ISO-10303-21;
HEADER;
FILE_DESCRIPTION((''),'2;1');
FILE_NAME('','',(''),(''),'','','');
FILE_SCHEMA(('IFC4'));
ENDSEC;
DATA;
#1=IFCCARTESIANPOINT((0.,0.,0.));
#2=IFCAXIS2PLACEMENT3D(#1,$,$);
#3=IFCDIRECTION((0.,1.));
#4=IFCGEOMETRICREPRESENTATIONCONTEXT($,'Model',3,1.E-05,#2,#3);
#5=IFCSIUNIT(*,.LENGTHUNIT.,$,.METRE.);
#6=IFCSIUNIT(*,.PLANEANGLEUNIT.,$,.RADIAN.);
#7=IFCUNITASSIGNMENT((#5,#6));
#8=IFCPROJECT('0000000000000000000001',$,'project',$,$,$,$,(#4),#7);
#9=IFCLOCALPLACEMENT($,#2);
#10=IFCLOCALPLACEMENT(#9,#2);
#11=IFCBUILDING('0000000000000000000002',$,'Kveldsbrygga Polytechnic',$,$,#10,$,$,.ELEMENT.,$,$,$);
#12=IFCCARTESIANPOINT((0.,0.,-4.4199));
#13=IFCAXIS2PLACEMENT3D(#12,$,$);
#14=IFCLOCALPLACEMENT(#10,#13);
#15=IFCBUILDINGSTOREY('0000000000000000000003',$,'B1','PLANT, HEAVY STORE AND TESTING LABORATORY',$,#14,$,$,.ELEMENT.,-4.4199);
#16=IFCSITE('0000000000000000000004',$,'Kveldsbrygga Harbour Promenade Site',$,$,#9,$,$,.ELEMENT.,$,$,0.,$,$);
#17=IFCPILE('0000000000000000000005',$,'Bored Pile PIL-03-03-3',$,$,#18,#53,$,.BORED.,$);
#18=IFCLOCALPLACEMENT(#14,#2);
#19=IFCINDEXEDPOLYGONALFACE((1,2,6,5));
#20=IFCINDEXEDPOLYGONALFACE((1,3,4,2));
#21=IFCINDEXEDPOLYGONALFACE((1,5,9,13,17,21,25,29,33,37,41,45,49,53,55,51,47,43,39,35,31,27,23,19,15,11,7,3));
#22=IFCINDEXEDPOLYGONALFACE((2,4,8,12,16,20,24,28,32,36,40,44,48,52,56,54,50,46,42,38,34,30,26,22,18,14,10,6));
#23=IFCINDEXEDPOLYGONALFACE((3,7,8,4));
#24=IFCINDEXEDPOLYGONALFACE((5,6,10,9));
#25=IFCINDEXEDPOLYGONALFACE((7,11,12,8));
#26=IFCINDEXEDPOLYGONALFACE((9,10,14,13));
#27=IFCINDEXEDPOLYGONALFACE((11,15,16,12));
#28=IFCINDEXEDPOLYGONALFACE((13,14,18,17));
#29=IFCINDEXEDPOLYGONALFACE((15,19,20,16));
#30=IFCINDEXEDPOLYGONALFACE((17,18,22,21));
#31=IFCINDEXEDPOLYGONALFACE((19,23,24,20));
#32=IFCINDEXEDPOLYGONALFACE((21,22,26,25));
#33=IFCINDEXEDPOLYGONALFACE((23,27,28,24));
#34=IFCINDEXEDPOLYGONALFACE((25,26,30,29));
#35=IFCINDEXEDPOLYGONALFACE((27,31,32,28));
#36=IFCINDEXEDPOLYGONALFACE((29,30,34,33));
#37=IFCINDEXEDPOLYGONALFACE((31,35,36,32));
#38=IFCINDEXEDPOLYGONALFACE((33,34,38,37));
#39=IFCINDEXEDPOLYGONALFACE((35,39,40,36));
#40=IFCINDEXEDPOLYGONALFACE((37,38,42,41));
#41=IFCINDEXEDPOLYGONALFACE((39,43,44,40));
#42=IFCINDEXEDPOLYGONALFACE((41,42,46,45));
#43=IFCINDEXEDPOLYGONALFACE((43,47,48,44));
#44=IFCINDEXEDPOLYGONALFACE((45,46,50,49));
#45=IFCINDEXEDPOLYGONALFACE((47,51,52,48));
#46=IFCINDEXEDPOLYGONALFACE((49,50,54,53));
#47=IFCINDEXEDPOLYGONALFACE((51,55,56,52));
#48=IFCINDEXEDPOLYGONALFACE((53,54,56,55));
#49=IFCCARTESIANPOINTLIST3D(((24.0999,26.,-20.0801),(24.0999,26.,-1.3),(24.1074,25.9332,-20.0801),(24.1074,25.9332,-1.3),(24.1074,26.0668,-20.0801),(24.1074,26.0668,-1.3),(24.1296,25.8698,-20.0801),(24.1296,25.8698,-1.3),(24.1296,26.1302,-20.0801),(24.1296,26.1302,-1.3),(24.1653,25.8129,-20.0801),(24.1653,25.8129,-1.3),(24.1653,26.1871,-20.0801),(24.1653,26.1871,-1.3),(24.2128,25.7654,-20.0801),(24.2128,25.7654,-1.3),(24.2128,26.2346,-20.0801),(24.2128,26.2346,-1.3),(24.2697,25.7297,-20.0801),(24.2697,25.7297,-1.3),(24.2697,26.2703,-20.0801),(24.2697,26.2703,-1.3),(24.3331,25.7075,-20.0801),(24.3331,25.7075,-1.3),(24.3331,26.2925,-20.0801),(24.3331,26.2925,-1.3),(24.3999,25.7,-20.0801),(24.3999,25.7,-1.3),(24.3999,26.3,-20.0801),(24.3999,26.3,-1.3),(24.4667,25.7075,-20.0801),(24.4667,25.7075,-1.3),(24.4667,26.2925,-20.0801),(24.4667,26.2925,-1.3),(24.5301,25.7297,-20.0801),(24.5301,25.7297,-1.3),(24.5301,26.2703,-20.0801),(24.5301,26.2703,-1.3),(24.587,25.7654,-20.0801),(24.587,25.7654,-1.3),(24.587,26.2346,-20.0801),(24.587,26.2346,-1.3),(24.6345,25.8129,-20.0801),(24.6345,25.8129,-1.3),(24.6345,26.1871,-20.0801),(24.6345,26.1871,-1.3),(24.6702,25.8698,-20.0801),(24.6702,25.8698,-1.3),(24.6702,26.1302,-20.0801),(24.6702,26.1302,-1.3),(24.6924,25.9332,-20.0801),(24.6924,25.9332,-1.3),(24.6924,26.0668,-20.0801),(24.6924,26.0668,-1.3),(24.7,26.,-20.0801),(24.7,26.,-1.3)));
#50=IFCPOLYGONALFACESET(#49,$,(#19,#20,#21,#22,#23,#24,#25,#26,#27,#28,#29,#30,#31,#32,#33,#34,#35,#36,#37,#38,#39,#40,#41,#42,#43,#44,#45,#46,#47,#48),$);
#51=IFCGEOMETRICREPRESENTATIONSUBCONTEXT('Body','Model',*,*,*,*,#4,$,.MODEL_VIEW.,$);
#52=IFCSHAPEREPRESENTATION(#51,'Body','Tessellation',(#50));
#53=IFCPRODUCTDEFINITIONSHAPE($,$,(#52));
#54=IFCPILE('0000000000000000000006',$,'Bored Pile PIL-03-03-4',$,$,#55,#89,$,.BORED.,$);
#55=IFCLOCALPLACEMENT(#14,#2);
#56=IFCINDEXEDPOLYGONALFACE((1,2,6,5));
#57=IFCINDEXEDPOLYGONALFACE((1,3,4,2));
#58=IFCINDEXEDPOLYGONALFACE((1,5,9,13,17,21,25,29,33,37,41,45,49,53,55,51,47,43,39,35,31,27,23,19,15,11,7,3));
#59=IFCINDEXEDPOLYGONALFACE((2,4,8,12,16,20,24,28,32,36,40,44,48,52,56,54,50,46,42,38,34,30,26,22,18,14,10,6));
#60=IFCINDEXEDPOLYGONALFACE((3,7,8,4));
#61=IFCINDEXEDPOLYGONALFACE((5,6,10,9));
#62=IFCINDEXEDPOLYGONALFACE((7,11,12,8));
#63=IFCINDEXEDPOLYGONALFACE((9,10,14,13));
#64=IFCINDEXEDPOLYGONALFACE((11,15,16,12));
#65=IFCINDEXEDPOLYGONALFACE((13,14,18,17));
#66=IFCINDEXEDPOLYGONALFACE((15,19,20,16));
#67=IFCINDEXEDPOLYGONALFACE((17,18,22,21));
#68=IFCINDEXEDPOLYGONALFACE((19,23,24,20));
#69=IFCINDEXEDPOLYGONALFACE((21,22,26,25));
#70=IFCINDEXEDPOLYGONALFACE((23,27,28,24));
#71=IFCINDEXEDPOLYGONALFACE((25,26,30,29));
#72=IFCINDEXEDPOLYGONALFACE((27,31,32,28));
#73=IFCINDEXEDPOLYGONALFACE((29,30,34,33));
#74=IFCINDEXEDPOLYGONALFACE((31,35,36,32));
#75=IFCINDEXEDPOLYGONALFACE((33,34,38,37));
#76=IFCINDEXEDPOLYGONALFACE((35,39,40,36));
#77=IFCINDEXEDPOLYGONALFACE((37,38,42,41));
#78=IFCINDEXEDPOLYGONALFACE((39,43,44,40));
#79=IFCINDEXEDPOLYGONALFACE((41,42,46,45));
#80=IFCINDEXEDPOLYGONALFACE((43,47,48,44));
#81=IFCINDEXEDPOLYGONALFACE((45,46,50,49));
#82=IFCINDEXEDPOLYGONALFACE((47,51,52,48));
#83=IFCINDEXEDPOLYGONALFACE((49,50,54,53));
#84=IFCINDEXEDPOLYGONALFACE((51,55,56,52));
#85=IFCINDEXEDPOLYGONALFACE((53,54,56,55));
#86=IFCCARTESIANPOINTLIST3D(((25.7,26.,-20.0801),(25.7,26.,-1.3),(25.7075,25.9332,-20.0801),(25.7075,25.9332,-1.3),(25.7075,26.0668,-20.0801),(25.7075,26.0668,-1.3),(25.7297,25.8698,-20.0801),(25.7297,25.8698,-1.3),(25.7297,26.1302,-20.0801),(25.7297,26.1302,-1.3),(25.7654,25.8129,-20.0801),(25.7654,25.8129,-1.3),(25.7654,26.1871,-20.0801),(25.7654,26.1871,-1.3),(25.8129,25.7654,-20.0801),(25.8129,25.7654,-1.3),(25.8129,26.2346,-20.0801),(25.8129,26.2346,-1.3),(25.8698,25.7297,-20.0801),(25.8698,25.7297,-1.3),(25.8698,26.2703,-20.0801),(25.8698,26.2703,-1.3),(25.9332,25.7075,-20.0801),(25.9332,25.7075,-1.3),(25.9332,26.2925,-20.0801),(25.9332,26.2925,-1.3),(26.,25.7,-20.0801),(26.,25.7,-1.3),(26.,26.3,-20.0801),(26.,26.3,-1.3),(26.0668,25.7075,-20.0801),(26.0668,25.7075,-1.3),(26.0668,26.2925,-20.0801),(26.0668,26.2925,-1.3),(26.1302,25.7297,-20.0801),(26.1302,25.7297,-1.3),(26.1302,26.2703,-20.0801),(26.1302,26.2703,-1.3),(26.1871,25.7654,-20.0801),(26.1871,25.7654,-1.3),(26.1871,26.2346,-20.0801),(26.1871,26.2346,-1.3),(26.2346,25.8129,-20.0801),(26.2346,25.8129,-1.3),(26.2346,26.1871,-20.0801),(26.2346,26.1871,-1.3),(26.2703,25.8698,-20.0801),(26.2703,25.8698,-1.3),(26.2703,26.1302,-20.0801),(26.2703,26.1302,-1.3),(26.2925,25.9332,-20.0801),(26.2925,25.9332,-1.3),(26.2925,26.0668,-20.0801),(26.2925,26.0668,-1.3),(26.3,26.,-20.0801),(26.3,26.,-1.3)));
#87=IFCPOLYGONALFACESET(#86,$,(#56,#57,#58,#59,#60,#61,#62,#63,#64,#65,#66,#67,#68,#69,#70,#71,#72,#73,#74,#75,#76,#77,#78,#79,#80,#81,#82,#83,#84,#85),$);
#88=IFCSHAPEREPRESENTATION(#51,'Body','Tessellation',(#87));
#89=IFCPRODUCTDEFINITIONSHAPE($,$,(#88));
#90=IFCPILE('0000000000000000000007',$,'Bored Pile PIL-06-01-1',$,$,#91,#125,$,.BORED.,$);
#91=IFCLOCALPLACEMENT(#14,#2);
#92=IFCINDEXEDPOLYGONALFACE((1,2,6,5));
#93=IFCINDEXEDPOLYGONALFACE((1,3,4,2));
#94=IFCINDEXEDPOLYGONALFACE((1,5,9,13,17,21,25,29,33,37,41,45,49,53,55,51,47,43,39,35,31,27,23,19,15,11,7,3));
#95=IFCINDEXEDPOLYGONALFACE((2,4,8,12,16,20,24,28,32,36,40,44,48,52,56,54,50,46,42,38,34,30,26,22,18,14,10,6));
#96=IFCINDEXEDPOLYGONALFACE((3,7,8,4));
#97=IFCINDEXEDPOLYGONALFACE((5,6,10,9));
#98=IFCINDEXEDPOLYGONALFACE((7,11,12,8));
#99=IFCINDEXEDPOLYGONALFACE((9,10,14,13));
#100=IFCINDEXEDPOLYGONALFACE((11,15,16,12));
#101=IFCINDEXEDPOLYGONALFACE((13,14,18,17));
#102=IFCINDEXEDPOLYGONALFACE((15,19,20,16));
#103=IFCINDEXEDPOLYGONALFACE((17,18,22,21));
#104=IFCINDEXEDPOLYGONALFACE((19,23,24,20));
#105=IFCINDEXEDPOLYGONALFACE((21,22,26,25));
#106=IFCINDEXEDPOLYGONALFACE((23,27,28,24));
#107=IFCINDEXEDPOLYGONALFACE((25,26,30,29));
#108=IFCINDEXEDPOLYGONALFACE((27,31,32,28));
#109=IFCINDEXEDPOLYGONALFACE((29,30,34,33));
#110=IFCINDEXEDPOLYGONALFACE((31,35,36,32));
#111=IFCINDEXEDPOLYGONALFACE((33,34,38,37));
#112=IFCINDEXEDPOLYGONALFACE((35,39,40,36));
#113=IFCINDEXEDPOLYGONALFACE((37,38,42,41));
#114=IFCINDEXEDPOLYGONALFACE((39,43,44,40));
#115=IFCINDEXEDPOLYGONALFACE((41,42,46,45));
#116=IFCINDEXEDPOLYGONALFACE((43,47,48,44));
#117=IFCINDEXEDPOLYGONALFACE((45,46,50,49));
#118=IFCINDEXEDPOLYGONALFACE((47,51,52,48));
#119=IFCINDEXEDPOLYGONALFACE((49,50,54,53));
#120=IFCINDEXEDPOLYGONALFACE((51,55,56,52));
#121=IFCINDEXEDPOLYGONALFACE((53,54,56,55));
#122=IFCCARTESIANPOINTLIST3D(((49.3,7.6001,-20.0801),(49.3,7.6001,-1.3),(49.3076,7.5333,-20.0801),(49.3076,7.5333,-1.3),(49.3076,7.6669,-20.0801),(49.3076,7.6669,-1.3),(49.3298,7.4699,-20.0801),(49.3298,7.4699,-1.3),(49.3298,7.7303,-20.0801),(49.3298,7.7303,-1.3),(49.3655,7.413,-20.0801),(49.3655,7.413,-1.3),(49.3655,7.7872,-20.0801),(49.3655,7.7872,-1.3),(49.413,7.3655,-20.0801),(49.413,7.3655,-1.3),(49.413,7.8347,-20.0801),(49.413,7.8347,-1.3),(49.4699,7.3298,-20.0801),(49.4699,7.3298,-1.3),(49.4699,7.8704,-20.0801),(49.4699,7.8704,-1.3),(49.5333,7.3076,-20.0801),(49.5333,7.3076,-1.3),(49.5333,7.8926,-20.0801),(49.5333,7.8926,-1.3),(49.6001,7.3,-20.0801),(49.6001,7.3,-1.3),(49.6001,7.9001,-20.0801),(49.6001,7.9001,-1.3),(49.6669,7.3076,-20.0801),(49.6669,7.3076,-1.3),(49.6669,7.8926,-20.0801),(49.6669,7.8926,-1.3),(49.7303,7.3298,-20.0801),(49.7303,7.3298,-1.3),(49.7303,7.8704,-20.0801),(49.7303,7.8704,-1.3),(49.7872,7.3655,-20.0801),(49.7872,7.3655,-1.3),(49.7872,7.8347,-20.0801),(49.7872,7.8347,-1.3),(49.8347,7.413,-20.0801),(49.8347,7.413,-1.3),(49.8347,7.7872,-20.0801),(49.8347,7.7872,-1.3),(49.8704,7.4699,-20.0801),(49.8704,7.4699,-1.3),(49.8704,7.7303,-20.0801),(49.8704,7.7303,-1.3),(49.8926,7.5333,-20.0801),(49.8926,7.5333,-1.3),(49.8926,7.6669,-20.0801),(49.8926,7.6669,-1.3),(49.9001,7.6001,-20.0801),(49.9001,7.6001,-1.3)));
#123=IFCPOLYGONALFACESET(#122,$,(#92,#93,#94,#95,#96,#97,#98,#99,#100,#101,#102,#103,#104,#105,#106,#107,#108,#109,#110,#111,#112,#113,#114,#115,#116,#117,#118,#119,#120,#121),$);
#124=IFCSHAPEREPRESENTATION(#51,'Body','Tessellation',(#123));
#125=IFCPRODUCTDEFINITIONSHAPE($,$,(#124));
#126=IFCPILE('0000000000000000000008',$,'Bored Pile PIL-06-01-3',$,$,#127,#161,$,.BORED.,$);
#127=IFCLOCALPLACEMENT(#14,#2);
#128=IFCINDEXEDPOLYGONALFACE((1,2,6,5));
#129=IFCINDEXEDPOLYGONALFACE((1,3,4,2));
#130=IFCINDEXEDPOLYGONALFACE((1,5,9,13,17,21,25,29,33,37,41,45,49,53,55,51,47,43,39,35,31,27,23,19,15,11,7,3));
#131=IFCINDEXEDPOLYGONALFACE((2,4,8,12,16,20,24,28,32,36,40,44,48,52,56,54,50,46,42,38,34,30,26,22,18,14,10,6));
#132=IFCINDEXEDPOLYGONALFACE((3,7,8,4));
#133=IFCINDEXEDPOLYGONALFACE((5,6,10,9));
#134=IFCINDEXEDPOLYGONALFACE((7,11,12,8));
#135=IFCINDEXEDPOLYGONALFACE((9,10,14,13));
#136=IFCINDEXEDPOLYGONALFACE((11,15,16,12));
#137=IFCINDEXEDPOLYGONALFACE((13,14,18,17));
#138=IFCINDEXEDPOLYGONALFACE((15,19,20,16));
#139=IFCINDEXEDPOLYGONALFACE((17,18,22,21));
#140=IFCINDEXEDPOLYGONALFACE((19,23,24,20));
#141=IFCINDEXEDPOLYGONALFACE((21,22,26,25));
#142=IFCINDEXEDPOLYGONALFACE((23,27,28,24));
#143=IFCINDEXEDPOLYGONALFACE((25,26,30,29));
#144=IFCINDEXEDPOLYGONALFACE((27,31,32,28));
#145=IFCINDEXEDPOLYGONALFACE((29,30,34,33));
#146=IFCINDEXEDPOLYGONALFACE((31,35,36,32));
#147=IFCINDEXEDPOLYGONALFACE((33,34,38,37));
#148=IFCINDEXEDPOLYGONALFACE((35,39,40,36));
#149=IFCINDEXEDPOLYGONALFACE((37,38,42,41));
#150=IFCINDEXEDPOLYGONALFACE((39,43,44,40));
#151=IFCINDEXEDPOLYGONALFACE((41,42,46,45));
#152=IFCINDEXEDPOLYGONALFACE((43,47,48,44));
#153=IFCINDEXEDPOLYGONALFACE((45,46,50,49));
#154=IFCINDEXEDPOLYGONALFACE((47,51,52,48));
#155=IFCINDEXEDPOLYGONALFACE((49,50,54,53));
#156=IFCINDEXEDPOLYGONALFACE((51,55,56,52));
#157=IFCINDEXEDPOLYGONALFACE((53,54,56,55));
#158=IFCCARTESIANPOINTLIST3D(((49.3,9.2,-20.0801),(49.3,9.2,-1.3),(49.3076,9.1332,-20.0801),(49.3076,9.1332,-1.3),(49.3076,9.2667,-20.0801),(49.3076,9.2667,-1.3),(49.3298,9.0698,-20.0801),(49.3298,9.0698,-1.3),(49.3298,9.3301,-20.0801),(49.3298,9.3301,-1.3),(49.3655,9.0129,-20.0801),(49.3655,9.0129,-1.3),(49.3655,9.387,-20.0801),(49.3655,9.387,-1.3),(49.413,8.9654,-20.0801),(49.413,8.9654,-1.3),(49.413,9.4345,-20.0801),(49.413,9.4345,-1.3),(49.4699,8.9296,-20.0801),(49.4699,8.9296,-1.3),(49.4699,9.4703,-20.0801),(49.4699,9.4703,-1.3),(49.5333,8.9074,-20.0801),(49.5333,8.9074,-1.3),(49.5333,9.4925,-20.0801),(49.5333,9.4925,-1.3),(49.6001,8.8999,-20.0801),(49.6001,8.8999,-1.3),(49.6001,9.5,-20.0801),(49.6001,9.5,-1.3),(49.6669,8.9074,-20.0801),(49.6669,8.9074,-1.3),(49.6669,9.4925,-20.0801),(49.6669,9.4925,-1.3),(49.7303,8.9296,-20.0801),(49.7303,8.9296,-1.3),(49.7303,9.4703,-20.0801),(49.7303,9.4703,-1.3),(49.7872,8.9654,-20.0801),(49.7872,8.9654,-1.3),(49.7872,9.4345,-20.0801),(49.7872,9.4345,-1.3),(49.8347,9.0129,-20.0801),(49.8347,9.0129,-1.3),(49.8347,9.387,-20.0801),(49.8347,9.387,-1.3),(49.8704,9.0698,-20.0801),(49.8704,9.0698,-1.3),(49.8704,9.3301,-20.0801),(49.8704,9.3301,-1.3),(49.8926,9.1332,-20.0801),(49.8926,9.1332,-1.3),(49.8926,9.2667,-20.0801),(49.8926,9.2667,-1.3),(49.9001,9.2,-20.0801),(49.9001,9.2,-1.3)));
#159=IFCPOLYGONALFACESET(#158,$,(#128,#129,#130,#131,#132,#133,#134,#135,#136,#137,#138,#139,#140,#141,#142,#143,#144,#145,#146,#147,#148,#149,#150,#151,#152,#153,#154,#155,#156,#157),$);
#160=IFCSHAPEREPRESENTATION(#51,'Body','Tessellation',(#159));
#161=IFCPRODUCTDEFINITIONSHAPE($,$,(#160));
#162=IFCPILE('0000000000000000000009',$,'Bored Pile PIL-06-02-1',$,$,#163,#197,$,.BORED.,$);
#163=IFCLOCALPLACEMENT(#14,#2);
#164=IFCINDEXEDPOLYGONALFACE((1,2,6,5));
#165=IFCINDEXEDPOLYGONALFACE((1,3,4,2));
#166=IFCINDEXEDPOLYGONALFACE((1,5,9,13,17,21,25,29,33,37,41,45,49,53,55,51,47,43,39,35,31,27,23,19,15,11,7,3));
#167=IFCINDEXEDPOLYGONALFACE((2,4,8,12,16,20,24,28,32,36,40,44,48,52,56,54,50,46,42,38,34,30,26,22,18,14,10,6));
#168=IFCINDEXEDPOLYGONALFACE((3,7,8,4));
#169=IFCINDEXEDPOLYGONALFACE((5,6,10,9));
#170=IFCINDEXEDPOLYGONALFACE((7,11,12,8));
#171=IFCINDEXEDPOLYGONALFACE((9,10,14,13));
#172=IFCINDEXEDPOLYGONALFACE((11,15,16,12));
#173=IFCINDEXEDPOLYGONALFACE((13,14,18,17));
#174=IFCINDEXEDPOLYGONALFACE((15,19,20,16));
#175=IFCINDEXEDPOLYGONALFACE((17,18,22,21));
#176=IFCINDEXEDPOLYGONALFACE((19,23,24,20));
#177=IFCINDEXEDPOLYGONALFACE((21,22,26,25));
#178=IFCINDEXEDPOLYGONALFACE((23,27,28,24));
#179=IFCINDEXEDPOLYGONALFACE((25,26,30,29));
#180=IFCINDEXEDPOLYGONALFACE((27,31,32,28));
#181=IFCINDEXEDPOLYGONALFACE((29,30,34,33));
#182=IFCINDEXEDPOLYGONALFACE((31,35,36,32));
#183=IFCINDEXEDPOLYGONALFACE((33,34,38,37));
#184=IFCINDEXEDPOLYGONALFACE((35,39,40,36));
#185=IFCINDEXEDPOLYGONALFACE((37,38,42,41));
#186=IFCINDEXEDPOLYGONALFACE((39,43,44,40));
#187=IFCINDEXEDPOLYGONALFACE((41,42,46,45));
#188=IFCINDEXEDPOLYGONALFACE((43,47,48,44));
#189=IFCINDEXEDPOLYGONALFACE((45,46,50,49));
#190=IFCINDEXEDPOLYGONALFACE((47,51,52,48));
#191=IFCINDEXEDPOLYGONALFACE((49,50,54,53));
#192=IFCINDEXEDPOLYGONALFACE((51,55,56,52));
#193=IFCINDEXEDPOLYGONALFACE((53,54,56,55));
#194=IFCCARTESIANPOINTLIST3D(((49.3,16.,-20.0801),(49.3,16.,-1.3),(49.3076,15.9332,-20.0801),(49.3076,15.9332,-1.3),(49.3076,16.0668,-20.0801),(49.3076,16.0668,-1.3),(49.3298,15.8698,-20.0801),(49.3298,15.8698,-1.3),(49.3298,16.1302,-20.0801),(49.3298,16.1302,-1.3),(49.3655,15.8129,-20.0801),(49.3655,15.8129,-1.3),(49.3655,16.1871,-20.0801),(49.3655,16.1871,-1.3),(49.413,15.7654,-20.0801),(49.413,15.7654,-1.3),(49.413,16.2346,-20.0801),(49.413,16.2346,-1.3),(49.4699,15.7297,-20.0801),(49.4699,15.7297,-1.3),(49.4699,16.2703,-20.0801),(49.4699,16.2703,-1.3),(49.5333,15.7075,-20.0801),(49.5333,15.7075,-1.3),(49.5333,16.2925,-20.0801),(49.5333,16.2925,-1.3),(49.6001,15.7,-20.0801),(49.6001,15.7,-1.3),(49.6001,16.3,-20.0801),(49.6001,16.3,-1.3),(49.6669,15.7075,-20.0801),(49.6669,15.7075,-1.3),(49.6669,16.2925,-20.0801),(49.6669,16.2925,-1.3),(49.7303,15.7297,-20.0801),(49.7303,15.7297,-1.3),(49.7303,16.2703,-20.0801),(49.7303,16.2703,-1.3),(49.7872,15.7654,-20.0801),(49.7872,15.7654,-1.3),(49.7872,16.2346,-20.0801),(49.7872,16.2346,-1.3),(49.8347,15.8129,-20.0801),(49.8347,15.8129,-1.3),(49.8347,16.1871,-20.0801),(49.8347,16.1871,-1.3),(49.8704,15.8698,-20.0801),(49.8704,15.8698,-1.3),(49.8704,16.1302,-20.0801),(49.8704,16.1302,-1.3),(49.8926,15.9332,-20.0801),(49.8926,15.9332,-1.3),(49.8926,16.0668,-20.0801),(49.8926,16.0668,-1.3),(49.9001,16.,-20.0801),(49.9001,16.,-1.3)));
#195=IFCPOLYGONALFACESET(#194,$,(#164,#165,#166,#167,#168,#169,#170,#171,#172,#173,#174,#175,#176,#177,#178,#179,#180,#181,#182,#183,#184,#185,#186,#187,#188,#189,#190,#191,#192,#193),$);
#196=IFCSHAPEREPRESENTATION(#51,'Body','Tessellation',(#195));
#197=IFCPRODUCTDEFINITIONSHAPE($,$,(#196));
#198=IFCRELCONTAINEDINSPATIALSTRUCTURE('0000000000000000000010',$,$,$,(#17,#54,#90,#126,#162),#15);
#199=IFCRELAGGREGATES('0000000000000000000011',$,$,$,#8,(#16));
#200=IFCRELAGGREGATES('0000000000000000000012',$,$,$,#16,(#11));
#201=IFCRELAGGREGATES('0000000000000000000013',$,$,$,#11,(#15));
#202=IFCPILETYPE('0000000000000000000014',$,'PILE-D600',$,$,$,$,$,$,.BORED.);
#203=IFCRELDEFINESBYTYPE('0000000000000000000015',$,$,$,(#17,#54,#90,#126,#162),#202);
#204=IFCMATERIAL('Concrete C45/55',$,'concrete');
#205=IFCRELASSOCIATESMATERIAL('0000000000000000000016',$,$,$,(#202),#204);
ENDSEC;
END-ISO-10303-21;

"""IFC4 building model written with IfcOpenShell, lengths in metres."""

from ifc_helpers import new_model, si_unit, direction, frame, origin, origin_2d, place, context, subcontext, project, spatial, circle, extrude, material, material_profile, profile_set, type_object, element, save


model = new_model("IFC4")

# Units and contexts
model_context = context("Model", 3, precision=1e-05, world=origin(), true_north=direction((0.0, 1.0)))
body_context = subcontext(model_context, "Body", "Model", "MODEL_VIEW")
ifc_project = project(units=[si_unit("LENGTHUNIT", "METRE"), si_unit("PLANEANGLEUNIT", "RADIAN")], contexts=[model_context])

# Site, building, storey
site_placement = place(None, origin())
site = spatial("IfcSite", under=ifc_project, at=site_placement, Name="Kveldsbrygga Harbour Promenade Site", CompositionType="ELEMENT", RefElevation=0.0)
building_placement = place(site_placement, origin())
building = spatial("IfcBuilding", under=site, at=building_placement, Name="Kveldsbrygga Polytechnic", CompositionType="ELEMENT")
storey_placement = place(building_placement, frame((0.0, 0.0, -4.4199)))
storey = spatial("IfcBuildingStorey", under=building, at=storey_placement, Name="B1", Description="PLANT, HEAVY STORE AND TESTING LABORATORY", CompositionType="ELEMENT", Elevation=-4.4199)

# Shared definitions
ifc_material_1 = material(Name="Concrete C45/55", Category="concrete")

# Piles
ifc_material_profile_1 = material_profile(ifc_material_1, circle(Radius=0.3, at=origin_2d()), Name="PILE D600")
ifc_profile_set_1 = profile_set([ifc_material_profile_1], Name="Concrete C45/55")
pile_type_1 = type_object("IfcPileType", Name="PILE-D600", PredefinedType="BORED", material=ifc_profile_set_1)
for number, where, z_axis, x_axis, name in (
    (1, (24.3999, 26.0, -1.3), (0.0, 0.0, -1.0), (1.0, 0.0, 0.0), "Bored Pile PIL-03-03-3"),
    (2, (26.0, 26.0, -1.3), (0.0, 0.0, -1.0), (1.0, 0.0, 0.0), "Bored Pile PIL-03-03-4"),
    (3, (49.6001, 7.6001, -1.3), (0.0, 0.0, -1.0), (1.0, 0.0, 0.0), "Bored Pile PIL-06-01-1"),
    (4, (49.6001, 9.2, -1.3), (0.0, 0.0, -1.0), (1.0, 0.0, 0.0), "Bored Pile PIL-06-01-3"),
    (5, (49.6001, 16.0, -1.3), (0.0, 0.0, -1.0), (1.0, 0.0, 0.0), "Bored Pile PIL-06-02-1"),
):
    element("IfcPile", number, at=place(storey_placement, frame(where, z_axis=z_axis, x_axis=x_axis)), inside=storey, type_object=pile_type_1, Name=name, PredefinedType="BORED", context=body_context, shape_type="SweptSolid", body=[
        extrude(circle(Radius=0.3, at=origin_2d()), origin(), (0.0, 0.0, 1.0), 18.78),
    ])

save(model, "model.ifc")
